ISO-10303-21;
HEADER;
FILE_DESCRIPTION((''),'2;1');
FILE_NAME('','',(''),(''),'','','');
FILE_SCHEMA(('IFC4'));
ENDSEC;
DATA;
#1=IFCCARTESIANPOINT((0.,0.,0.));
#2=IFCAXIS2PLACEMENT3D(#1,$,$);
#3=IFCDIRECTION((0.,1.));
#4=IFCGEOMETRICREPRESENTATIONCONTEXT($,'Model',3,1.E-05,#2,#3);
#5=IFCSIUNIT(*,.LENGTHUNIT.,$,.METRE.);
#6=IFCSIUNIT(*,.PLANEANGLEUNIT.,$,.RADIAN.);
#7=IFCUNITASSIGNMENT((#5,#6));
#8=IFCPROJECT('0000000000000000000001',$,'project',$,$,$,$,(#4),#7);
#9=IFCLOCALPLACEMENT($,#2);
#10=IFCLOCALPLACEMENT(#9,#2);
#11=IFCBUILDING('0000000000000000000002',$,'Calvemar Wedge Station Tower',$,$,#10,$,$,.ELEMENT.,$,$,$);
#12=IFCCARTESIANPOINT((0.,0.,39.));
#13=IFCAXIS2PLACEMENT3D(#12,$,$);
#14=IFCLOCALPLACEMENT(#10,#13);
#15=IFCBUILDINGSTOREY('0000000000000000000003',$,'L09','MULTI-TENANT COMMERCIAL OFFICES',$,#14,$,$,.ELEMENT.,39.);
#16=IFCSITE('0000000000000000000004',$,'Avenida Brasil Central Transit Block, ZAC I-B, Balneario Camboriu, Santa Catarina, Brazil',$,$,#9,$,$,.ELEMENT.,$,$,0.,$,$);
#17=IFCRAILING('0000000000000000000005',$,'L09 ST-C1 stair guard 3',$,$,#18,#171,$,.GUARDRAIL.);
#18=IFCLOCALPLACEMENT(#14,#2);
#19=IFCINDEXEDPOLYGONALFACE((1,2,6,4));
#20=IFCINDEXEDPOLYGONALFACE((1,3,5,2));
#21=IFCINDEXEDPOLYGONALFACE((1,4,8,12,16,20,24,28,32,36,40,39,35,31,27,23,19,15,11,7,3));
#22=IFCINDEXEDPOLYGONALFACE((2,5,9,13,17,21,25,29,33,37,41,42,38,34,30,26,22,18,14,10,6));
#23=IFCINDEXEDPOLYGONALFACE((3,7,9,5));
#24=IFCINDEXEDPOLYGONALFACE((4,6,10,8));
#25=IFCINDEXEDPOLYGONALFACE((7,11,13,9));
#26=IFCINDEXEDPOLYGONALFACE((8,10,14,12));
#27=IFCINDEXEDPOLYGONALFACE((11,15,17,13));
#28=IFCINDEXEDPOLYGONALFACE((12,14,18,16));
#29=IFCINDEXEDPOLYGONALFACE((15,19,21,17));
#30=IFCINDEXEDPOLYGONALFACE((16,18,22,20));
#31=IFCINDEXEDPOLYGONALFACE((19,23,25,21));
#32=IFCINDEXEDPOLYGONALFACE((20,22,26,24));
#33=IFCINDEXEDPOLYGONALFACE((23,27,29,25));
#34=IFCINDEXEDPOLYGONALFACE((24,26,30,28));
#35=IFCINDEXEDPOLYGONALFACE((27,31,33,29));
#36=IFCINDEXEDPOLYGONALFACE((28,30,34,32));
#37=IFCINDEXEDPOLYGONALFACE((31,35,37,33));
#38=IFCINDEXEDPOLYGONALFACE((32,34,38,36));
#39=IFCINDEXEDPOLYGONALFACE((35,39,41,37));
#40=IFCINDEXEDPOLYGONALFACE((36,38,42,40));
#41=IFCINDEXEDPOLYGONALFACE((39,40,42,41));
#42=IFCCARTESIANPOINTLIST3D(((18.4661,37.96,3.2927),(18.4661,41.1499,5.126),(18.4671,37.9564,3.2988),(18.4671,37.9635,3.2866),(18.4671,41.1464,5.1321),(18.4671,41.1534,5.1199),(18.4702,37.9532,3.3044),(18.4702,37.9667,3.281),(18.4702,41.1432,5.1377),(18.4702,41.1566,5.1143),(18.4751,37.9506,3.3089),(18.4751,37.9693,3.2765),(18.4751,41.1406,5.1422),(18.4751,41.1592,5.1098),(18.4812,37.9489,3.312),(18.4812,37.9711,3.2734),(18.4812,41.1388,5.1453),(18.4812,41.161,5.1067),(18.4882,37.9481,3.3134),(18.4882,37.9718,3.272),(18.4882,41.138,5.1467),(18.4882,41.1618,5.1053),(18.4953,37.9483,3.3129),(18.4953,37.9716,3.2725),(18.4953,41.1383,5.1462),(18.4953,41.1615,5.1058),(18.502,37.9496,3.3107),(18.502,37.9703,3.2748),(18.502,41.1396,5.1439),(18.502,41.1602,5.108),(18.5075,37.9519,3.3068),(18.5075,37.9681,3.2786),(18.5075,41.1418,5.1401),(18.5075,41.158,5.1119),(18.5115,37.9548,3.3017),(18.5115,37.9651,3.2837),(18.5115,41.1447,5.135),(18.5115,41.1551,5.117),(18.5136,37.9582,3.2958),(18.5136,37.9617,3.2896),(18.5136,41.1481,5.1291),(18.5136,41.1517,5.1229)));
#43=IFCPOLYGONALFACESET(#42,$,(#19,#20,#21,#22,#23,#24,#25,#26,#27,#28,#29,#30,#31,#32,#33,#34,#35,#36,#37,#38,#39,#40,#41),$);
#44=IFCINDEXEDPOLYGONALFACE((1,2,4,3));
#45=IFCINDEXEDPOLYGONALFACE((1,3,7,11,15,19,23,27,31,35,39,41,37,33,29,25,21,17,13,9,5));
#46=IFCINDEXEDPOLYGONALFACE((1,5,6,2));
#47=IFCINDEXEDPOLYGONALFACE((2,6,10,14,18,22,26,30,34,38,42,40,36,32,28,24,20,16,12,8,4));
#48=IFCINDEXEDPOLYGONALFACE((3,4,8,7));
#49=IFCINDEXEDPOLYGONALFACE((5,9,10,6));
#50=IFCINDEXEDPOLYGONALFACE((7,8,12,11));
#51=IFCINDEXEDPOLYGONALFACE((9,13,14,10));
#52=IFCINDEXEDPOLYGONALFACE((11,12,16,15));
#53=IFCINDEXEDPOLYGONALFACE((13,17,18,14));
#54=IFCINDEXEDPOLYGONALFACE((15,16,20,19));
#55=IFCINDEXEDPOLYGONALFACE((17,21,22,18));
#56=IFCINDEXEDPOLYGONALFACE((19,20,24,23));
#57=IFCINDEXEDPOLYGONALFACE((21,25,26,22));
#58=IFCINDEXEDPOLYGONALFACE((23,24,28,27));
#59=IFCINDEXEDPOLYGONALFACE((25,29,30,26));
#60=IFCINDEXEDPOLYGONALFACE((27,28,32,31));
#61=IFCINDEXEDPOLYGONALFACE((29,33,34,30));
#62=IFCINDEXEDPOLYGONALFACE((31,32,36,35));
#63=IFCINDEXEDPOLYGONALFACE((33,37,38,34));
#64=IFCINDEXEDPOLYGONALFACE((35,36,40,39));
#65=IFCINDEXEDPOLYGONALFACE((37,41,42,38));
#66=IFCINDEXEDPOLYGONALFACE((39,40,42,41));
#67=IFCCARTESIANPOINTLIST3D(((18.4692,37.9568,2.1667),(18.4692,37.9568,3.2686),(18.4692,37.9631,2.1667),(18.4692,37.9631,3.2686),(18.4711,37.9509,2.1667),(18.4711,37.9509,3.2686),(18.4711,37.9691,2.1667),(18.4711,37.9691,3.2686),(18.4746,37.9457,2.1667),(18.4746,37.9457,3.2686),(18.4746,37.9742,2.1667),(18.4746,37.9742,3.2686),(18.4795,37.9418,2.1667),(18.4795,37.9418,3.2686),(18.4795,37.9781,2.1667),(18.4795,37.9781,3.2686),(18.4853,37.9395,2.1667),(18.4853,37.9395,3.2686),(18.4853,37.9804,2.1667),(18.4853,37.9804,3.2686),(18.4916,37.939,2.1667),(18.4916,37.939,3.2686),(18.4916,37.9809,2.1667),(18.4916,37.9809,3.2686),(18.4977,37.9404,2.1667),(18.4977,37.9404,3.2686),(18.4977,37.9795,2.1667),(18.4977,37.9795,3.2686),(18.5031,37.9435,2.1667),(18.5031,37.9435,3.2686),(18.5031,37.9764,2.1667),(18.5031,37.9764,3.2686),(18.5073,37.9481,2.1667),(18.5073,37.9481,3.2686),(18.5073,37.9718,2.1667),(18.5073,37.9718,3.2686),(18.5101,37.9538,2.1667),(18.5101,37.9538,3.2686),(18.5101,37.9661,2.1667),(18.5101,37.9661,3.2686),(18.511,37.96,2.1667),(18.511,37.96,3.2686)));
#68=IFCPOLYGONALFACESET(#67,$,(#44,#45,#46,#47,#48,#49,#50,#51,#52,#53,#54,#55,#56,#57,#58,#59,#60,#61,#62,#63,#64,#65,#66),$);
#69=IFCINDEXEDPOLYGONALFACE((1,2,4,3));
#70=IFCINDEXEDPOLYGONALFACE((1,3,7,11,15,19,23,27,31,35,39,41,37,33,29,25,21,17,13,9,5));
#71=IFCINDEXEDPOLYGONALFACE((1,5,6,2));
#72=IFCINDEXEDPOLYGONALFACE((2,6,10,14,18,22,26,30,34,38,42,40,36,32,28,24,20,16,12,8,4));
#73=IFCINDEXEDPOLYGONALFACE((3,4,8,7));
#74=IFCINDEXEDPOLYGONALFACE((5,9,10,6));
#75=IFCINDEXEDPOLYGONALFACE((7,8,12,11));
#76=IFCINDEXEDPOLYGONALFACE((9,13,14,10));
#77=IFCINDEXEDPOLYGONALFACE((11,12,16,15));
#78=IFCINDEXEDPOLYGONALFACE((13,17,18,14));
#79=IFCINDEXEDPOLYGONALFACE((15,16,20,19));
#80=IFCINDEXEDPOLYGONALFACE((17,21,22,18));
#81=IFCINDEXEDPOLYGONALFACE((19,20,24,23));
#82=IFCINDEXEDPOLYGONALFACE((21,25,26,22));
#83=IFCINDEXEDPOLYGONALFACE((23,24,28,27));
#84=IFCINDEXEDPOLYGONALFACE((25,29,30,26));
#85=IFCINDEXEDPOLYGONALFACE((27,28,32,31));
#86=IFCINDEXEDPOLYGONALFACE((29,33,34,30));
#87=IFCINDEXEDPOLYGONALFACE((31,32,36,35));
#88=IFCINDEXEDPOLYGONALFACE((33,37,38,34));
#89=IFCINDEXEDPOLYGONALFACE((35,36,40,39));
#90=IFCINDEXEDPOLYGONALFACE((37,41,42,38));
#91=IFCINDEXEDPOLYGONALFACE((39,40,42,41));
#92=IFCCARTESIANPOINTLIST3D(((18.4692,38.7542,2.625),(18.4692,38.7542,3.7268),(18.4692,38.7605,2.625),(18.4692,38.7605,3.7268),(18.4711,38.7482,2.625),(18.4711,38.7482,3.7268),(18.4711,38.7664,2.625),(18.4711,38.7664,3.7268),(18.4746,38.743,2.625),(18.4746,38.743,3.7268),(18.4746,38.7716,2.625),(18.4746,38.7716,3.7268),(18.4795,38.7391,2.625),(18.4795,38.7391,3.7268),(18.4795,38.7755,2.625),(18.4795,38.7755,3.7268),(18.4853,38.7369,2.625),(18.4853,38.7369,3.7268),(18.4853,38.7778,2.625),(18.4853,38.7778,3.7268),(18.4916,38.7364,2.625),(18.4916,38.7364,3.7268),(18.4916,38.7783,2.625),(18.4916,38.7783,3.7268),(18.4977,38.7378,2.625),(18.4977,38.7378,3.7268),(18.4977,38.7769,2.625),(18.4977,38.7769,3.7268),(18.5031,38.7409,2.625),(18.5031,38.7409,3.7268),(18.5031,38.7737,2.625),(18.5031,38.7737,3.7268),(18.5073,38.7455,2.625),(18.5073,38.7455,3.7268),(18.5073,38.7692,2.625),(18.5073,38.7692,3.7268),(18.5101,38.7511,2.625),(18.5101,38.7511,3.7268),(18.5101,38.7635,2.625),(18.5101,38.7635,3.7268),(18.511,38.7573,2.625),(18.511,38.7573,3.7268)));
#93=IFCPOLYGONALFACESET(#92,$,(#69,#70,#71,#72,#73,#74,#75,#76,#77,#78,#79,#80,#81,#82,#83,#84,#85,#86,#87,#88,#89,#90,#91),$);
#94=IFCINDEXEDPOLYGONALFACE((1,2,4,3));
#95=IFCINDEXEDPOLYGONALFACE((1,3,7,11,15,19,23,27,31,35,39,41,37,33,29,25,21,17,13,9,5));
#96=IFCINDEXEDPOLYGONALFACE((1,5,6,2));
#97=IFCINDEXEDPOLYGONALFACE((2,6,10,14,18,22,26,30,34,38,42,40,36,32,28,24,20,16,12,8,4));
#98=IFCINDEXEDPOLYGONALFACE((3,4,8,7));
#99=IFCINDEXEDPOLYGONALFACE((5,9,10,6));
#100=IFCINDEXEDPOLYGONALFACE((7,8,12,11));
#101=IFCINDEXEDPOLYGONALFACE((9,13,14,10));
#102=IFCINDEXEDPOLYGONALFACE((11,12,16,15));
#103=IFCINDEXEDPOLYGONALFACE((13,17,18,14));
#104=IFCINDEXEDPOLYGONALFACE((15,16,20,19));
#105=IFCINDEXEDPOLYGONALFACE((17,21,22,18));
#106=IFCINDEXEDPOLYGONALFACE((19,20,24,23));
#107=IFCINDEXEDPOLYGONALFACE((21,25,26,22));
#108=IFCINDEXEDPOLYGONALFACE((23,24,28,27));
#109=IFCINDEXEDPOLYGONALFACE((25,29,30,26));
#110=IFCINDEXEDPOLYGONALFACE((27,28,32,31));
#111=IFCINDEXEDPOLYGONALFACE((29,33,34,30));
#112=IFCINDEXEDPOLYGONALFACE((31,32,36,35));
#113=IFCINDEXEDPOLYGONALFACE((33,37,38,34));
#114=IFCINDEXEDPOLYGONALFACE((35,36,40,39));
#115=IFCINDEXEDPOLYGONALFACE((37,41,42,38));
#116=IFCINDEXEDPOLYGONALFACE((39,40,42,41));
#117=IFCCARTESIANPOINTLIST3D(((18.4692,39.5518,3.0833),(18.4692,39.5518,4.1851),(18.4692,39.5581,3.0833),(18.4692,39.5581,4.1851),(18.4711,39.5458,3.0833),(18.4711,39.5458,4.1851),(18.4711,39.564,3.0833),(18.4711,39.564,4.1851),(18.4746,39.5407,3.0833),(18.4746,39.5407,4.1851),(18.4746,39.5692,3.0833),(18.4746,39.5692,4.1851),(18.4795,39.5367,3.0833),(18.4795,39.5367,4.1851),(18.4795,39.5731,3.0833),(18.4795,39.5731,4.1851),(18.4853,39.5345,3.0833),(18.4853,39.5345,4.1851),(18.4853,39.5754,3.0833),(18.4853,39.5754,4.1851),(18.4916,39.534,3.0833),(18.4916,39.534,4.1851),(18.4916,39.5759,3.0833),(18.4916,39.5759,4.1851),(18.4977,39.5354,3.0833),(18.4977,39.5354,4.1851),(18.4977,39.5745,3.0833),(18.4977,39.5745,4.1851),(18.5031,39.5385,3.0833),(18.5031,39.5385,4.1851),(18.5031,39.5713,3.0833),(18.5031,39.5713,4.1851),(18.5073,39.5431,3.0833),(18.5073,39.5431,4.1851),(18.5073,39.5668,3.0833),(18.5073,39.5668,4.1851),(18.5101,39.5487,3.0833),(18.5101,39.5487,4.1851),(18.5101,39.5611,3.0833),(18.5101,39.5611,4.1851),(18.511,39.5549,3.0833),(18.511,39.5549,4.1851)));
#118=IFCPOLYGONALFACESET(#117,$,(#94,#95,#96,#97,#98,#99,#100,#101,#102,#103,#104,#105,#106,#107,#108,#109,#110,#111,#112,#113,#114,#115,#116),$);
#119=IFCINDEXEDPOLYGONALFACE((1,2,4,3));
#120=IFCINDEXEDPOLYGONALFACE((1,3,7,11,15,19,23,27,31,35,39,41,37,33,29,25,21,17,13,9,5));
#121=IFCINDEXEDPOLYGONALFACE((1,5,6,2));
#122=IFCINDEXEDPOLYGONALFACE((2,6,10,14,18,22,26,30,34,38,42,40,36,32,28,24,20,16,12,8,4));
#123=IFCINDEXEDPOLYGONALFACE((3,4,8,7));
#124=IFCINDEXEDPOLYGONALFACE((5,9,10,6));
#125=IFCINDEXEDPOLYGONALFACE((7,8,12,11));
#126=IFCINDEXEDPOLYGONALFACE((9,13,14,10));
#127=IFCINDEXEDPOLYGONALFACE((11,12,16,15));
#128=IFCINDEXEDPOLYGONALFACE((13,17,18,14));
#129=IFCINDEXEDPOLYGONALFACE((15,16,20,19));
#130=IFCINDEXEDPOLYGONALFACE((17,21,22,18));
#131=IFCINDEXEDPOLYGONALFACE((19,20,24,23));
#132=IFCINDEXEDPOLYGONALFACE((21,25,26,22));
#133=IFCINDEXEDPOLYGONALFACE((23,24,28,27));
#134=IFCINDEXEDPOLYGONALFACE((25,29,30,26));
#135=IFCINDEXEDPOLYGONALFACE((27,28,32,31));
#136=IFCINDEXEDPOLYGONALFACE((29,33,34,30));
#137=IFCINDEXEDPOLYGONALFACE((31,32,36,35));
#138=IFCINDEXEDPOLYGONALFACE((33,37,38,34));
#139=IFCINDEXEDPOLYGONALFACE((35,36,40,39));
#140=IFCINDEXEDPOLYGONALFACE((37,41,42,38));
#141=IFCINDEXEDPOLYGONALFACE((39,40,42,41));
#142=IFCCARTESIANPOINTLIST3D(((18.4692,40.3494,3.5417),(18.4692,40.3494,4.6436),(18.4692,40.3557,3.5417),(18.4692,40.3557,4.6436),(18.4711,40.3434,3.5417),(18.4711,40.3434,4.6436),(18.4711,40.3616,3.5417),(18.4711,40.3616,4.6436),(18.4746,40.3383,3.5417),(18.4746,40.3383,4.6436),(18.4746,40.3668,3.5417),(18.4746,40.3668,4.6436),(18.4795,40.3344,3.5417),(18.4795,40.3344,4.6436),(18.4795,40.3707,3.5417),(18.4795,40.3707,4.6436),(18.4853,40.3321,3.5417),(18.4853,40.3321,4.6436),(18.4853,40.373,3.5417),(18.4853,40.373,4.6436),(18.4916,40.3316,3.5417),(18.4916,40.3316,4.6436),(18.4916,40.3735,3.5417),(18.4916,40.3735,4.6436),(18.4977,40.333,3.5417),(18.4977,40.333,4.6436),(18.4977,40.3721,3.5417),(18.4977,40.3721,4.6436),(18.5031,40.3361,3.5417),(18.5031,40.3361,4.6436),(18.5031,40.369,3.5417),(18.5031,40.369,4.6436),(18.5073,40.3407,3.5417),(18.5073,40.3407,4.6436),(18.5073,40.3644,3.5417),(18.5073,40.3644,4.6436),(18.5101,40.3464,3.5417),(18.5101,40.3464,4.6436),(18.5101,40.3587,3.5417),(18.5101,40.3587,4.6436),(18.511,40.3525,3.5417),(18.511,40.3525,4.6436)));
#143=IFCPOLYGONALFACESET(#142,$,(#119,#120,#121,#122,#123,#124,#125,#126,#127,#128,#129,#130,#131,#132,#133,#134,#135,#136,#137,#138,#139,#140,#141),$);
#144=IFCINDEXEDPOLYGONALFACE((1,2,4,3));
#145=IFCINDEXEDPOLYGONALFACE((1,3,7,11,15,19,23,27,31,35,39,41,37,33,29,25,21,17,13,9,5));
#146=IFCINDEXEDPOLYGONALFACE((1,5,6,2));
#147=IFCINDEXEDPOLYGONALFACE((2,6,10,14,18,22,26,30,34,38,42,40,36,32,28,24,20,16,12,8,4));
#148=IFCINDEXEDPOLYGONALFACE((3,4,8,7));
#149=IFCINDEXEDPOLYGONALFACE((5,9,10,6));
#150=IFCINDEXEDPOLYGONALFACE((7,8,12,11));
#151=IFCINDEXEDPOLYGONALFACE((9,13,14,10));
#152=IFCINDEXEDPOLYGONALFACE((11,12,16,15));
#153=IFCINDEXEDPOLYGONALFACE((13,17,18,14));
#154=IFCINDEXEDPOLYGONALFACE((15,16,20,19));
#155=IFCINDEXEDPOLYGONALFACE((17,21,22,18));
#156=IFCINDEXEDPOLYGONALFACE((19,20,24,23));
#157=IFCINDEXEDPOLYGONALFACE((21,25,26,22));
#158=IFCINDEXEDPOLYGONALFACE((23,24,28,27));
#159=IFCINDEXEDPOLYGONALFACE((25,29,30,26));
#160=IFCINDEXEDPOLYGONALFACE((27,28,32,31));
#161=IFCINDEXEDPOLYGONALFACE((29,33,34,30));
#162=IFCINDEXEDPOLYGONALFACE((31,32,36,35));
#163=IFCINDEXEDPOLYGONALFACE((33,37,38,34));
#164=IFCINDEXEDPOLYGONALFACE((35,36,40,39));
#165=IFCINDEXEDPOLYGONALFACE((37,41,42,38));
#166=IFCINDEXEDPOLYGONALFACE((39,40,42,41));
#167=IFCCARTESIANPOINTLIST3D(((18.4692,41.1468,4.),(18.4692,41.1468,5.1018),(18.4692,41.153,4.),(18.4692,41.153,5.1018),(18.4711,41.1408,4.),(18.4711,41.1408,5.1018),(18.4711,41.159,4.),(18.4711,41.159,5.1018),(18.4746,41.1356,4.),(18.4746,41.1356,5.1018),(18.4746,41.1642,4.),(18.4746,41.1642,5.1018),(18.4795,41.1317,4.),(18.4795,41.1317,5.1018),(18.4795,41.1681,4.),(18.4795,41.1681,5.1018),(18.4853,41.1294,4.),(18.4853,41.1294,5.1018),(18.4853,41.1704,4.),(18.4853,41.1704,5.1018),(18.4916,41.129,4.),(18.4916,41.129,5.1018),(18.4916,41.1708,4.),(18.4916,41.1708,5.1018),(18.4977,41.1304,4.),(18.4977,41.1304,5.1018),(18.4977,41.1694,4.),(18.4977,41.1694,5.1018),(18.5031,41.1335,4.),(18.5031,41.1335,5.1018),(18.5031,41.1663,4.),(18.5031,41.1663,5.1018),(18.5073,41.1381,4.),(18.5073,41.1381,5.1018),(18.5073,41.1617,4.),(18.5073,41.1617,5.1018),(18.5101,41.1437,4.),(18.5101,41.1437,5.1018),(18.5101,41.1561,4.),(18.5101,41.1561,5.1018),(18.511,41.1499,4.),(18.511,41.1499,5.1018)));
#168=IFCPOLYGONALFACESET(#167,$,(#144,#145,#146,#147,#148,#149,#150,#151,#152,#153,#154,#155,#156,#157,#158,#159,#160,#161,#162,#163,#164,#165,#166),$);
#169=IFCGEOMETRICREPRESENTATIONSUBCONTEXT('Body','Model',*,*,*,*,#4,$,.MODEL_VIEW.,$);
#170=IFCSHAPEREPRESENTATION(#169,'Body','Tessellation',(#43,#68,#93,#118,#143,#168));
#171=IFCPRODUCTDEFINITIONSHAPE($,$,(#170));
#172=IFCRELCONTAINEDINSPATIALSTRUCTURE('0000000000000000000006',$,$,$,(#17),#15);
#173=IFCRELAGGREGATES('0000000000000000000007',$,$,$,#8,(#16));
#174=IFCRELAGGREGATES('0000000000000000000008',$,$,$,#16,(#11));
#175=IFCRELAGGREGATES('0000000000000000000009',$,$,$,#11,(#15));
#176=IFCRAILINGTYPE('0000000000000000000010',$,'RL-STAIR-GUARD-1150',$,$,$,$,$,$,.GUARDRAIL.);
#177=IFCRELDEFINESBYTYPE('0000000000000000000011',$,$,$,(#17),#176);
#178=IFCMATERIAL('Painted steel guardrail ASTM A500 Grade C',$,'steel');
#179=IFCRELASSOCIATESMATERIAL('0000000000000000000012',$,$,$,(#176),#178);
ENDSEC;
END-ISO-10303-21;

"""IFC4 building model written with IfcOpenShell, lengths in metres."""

from ifc_helpers import new_model, si_unit, direction, frame, origin, origin_2d, place, context, subcontext, project, spatial, circle, extrude, material, type_object, element, save


model = new_model("IFC4")

# Units and contexts
model_context = context("Model", 3, precision=1e-05, world=origin(), true_north=direction((0.0, 1.0)))
body_context = subcontext(model_context, "Body", "Model", "MODEL_VIEW")
ifc_project = project(units=[si_unit("LENGTHUNIT", "METRE"), si_unit("PLANEANGLEUNIT", "RADIAN")], contexts=[model_context])

# Site, building, storey
site_placement = place(None, origin())
site = spatial("IfcSite", under=ifc_project, at=site_placement, Name="Avenida Brasil Central Transit Block, ZAC I-B, Balneario Camboriu, Santa Catarina, Brazil", CompositionType="ELEMENT", RefElevation=0.0)
building_placement = place(site_placement, origin())
building = spatial("IfcBuilding", under=site, at=building_placement, Name="Calvemar Wedge Station Tower", CompositionType="ELEMENT")
storey_placement = place(building_placement, frame((0.0, 0.0, 39.0)))
storey = spatial("IfcBuildingStorey", under=building, at=storey_placement, Name="L09", Description="MULTI-TENANT COMMERCIAL OFFICES", CompositionType="ELEMENT", Elevation=39.0)

# Railing
ifc_material_1 = material(Name="Painted steel guardrail ASTM A500 Grade C", Category="steel")
railing_type_1 = type_object("IfcRailingType", Name="RL-STAIR-GUARD-1150", PredefinedType="GUARDRAIL", material=ifc_material_1)
railing_1_placement = place(storey_placement, frame((18.49, 37.96, 2.1667)))
element("IfcRailing", 1, at=railing_1_placement, inside=storey, type_object=railing_type_1, Name="L09 ST-C1 stair guard 3", PredefinedType="GUARDRAIL", context=body_context, shape_type="SweptSolid", body=[
    extrude(circle(Radius=0.0239, at=origin_2d()), frame((0.0, 0.0, 1.126), z_axis=(0.0, 0.86702, 0.498274), x_axis=(-1.0, 0.0, 0.0)), (0.0, 0.0, 1.0), 3.6792),
    extrude(circle(Radius=0.021, at=origin_2d()), origin(), (0.0, 0.0, 1.0), 1.1018),
    extrude(circle(Radius=0.021, at=origin_2d()), frame((0.0, 0.7974, 0.4583)), (0.0, 0.0, 1.0), 1.1018),
    extrude(circle(Radius=0.021, at=origin_2d()), frame((0.0, 1.595, 0.9165)), (0.0, 0.0, 1.0), 1.1018),
    extrude(circle(Radius=0.021, at=origin_2d()), frame((0.0, 2.3926, 1.375)), (0.0, 0.0, 1.0), 1.1018),
    extrude(circle(Radius=0.021, at=origin_2d()), frame((0.0, 3.1899, 1.8333)), (0.0, 0.0, 1.0), 1.1018),
])

save(model, "model.ifc")
